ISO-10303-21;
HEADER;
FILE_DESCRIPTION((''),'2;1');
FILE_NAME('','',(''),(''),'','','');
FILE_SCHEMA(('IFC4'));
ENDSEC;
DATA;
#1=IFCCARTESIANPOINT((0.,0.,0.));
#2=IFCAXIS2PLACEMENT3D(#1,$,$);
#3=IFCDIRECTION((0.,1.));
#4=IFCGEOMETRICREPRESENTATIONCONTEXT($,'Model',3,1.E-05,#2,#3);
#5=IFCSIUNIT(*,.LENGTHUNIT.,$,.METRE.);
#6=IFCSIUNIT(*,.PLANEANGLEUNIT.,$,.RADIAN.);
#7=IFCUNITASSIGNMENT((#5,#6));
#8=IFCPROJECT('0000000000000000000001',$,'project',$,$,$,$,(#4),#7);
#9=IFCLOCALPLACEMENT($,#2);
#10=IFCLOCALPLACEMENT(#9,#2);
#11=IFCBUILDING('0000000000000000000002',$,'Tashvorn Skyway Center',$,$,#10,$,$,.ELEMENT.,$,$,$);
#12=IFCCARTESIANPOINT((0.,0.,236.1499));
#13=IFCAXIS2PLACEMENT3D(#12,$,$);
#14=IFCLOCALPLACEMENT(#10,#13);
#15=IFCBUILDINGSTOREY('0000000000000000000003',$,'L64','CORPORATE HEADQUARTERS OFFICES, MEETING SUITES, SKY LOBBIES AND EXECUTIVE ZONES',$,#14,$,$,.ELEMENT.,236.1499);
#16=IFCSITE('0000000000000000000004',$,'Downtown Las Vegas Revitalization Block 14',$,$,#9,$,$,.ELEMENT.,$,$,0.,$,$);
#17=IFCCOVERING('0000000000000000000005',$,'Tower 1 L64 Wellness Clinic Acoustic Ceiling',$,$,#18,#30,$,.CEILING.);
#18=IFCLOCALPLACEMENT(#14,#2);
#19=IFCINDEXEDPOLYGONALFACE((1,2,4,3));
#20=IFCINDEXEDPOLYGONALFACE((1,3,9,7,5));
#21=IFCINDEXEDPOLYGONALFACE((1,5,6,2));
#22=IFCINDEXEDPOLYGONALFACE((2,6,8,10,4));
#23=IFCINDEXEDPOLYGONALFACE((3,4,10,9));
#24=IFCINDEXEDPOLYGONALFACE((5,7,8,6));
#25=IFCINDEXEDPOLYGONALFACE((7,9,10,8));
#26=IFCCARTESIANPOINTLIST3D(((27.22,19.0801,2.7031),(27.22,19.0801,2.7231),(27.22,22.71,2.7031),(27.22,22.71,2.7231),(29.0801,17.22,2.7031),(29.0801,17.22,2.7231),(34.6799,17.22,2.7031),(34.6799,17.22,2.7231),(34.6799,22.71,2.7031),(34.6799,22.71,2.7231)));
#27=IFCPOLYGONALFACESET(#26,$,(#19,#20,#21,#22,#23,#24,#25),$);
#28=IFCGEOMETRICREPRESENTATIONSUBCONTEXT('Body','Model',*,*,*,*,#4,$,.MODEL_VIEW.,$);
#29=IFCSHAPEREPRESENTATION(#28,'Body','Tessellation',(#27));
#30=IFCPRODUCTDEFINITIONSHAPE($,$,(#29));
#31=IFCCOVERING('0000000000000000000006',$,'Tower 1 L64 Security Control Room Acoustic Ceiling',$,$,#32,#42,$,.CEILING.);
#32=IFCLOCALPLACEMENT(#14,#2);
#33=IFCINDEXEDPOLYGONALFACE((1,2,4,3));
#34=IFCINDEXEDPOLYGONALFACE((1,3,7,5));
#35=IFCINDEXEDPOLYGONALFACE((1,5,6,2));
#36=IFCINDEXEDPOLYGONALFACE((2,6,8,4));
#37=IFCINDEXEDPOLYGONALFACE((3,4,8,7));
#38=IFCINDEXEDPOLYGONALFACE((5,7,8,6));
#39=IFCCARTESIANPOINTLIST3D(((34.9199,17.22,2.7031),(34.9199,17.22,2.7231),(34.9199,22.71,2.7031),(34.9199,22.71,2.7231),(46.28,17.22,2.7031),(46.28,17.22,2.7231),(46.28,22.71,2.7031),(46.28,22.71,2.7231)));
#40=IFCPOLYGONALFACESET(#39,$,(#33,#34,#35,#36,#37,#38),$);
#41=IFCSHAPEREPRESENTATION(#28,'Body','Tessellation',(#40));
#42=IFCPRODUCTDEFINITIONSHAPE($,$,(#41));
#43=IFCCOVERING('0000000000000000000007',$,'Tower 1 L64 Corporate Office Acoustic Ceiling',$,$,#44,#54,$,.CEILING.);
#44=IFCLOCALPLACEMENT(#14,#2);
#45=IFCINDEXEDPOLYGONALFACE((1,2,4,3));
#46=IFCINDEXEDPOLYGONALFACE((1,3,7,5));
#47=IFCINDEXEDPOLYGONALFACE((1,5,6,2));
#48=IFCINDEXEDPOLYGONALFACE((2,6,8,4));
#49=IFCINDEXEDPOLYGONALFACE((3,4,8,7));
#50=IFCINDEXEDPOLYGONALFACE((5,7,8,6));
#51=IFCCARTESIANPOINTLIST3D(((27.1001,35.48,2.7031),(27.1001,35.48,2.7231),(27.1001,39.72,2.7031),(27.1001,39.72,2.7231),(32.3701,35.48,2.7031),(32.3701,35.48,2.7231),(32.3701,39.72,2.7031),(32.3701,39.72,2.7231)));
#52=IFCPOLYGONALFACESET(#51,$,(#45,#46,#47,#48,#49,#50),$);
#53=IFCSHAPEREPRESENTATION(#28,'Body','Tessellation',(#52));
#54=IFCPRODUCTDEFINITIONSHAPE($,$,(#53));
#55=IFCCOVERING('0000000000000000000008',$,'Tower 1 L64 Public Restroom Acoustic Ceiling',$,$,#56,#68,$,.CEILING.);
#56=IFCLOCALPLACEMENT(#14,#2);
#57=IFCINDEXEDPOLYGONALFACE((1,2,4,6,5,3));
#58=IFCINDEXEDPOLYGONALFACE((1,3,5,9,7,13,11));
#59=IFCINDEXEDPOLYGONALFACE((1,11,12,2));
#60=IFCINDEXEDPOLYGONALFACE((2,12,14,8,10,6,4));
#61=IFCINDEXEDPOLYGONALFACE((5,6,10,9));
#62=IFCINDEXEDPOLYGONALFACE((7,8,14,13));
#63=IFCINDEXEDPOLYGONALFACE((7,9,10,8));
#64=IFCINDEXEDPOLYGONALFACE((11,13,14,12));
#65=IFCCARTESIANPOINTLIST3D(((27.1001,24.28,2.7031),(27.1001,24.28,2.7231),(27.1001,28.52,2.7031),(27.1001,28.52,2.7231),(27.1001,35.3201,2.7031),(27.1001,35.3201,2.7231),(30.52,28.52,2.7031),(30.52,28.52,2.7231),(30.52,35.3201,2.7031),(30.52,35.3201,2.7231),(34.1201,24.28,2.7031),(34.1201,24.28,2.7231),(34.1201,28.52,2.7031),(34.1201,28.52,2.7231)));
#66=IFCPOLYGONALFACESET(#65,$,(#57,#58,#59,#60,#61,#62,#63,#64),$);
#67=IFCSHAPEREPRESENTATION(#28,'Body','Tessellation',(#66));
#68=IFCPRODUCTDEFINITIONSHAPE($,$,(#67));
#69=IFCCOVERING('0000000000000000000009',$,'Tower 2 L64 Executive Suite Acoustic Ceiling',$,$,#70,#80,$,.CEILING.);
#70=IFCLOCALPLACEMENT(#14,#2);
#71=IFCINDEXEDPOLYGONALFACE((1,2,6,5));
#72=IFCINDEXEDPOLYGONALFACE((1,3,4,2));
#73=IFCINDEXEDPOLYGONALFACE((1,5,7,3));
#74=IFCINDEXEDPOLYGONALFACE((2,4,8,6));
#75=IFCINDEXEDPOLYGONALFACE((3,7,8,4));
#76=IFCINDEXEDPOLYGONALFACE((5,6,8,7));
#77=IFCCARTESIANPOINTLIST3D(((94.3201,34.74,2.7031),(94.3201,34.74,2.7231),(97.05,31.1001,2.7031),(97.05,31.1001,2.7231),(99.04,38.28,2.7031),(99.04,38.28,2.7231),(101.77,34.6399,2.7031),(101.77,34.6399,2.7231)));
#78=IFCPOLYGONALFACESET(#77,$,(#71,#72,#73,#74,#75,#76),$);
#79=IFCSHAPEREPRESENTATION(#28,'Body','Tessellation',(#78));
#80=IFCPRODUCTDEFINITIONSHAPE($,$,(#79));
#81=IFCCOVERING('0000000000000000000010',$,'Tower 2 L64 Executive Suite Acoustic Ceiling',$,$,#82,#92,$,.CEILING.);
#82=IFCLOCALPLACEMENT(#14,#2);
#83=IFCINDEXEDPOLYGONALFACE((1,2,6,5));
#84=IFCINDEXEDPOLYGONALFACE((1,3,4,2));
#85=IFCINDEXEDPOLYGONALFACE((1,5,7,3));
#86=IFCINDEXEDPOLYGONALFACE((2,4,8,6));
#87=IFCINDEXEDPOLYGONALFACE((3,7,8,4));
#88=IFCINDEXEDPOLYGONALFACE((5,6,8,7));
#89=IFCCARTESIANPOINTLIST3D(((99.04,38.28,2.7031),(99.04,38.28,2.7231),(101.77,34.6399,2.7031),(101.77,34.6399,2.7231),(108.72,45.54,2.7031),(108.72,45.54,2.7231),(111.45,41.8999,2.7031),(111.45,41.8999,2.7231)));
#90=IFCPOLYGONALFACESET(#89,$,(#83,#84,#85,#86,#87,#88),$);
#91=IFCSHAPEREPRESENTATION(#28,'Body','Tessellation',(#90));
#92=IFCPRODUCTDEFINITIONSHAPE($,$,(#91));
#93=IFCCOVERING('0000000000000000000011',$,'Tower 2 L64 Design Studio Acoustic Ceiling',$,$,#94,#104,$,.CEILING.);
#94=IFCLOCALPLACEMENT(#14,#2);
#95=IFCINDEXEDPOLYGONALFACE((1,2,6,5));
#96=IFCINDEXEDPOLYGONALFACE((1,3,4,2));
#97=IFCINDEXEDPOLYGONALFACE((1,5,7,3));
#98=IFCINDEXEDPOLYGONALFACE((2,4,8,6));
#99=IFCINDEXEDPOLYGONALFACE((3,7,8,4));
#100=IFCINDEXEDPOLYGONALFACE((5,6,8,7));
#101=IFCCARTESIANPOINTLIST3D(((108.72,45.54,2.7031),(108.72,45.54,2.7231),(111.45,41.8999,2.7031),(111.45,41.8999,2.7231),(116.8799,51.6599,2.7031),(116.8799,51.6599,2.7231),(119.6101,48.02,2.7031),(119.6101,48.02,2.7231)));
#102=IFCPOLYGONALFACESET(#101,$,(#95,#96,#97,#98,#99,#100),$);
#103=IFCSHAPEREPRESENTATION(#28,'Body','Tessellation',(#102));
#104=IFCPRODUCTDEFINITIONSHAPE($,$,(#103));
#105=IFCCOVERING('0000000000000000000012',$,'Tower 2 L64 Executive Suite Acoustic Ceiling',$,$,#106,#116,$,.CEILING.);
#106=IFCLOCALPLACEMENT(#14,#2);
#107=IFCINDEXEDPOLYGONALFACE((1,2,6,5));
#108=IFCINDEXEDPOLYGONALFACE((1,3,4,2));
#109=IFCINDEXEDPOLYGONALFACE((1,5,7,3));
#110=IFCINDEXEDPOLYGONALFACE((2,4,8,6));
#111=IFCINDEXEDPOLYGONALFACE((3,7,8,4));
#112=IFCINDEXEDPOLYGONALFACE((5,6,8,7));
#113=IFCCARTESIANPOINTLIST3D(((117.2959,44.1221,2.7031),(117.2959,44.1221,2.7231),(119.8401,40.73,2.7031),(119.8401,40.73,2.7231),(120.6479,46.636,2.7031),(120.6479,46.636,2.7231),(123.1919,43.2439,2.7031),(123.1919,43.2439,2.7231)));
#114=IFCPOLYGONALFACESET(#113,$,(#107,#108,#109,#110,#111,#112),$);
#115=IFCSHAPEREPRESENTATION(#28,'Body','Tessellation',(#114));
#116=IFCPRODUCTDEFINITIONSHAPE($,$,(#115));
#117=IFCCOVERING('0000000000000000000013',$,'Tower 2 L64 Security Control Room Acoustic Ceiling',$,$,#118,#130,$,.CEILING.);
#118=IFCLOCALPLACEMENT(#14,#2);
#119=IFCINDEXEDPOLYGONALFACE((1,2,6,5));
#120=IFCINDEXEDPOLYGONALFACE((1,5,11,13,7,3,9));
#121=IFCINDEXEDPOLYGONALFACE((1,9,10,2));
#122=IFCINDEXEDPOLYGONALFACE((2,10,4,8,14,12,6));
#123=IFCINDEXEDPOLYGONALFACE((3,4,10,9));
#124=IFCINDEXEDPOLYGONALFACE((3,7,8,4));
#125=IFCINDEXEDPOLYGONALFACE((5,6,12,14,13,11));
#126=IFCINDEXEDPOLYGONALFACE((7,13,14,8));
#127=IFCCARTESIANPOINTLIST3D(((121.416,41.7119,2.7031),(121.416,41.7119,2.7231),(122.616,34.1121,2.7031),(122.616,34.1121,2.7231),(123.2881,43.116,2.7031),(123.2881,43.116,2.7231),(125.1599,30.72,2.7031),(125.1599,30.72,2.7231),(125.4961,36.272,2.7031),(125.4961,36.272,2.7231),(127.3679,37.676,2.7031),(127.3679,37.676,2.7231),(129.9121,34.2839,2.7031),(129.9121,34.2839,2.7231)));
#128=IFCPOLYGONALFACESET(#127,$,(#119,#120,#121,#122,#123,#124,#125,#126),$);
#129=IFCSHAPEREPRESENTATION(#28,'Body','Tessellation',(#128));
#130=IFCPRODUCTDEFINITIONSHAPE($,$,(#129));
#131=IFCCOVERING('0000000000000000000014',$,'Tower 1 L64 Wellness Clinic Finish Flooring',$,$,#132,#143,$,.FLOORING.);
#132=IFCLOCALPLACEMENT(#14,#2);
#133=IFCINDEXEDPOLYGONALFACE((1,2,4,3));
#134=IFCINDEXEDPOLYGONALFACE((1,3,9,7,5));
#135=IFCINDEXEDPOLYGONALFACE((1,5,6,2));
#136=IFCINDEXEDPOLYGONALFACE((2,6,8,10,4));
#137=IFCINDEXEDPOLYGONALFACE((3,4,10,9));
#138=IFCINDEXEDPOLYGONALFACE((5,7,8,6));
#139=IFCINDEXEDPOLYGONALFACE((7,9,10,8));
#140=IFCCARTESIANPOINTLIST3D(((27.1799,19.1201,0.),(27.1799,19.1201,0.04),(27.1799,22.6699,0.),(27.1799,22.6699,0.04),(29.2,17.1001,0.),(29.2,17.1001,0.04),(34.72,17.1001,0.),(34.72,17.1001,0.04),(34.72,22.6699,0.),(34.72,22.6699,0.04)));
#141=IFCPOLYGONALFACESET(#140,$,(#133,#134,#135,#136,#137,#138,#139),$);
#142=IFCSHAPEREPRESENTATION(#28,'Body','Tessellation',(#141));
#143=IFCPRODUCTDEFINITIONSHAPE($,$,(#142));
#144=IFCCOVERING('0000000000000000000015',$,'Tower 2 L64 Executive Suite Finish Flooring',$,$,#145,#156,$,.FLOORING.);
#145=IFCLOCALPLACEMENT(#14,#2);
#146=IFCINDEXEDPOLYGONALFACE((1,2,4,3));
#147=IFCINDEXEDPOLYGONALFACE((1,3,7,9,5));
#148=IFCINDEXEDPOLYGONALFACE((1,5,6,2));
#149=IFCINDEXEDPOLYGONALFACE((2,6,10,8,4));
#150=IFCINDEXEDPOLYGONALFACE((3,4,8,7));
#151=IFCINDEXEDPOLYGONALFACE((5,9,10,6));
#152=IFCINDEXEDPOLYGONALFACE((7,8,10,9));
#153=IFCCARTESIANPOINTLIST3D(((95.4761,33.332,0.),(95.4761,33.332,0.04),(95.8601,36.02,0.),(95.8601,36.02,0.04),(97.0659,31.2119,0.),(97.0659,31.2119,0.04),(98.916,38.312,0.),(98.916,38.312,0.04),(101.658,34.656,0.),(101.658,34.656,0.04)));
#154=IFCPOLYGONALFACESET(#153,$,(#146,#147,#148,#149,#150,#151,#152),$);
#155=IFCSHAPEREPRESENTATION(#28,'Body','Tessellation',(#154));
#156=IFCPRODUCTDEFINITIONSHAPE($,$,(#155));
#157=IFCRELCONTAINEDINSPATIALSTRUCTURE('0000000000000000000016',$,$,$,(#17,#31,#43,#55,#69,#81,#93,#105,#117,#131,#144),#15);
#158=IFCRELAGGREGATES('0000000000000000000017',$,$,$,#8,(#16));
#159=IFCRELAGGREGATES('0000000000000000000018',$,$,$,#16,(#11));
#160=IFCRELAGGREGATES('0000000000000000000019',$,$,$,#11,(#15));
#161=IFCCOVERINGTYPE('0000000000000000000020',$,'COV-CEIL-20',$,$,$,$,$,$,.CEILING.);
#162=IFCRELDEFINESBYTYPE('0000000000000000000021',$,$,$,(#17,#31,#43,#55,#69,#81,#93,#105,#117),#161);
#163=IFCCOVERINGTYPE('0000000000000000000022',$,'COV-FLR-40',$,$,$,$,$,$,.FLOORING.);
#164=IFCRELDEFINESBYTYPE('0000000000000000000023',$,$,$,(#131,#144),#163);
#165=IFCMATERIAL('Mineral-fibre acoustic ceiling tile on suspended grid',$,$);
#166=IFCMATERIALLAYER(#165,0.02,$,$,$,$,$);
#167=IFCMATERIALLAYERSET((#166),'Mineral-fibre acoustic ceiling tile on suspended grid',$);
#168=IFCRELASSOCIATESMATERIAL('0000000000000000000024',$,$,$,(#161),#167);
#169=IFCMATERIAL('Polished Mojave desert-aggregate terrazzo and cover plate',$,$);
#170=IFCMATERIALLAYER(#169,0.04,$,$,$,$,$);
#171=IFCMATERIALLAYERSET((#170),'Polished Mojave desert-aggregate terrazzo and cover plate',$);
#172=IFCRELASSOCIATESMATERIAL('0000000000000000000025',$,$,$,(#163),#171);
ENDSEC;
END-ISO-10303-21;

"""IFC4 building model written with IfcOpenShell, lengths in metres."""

from ifc_helpers import new_model, si_unit, direction, frame, origin, place, context, subcontext, project, spatial, polyline, outline, extrude, material, layer, layer_set, type_object, element, save


model = new_model("IFC4")

# Units and contexts
model_context = context("Model", 3, precision=1e-05, world=origin(), true_north=direction((0.0, 1.0)))
body_context = subcontext(model_context, "Body", "Model", "MODEL_VIEW")
ifc_project = project(units=[si_unit("LENGTHUNIT", "METRE"), si_unit("PLANEANGLEUNIT", "RADIAN")], contexts=[model_context])

# Site, building, storey
site_placement = place(None, origin())
site = spatial("IfcSite", under=ifc_project, at=site_placement, Name="Downtown Las Vegas Revitalization Block 14", CompositionType="ELEMENT", RefElevation=0.0)
building_placement = place(site_placement, origin())
building = spatial("IfcBuilding", under=site, at=building_placement, Name="Tashvorn Skyway Center", CompositionType="ELEMENT")
storey_placement = place(building_placement, frame((0.0, 0.0, 236.1499)))
storey = spatial("IfcBuildingStorey", under=building, at=storey_placement, Name="L64", Description="CORPORATE HEADQUARTERS OFFICES, MEETING SUITES, SKY LOBBIES AND EXECUTIVE ZONES", CompositionType="ELEMENT", Elevation=236.1499)

# Coverings
ifc_material_1 = material(Name="Mineral-fibre acoustic ceiling tile on suspended grid")
ifc_layer_1 = layer(ifc_material_1, 0.02)
ifc_layer_set_1 = layer_set([ifc_layer_1], Name="Mineral-fibre acoustic ceiling tile on suspended grid")
covering_type_1 = type_object("IfcCoveringType", Name="COV-CEIL-20", PredefinedType="CEILING", material=ifc_layer_set_1)
covering_1_placement = place(storey_placement, frame((0.0, 0.0, 2.7031)))
element("IfcCovering", 1, at=covering_1_placement, inside=storey, type_object=covering_type_1, Name="Tower 1 L64 Wellness Clinic Acoustic Ceiling", PredefinedType="CEILING", context=body_context, shape_type="SweptSolid", body=[
    extrude(outline(polyline([(27.22, 22.71), (34.6799, 22.71), (34.6799, 17.22), (29.0801, 17.22), (27.22, 19.0801), (27.22, 22.71)])), origin(), (0.0, 0.0, 1.0), 0.02),
])
covering_2_placement = place(storey_placement, frame((0.0, 0.0, 2.7031)))
element("IfcCovering", 2, at=covering_2_placement, inside=storey, type_object=covering_type_1, Name="Tower 1 L64 Security Control Room Acoustic Ceiling", PredefinedType="CEILING", context=body_context, shape_type="SweptSolid", body=[
    extrude(outline(polyline([(34.9199, 22.71), (46.28, 22.71), (46.28, 17.22), (34.9199, 17.22), (34.9199, 22.71)])), origin(), (0.0, 0.0, 1.0), 0.02),
])
covering_3_placement = place(storey_placement, frame((0.0, 0.0, 2.7031)))
element("IfcCovering", 3, at=covering_3_placement, inside=storey, type_object=covering_type_1, Name="Tower 1 L64 Corporate Office Acoustic Ceiling", PredefinedType="CEILING", context=body_context, shape_type="SweptSolid", body=[
    extrude(outline(polyline([(32.3701, 39.72), (32.3701, 35.48), (27.1001, 35.48), (27.1001, 39.72), (32.3701, 39.72)])), origin(), (0.0, 0.0, 1.0), 0.02),
])
covering_4_placement = place(storey_placement, frame((0.0, 0.0, 2.7031)))
element("IfcCovering", 4, at=covering_4_placement, inside=storey, type_object=covering_type_1, Name="Tower 1 L64 Public Restroom Acoustic Ceiling", PredefinedType="CEILING", context=body_context, shape_type="SweptSolid", body=[
    extrude(outline(polyline([(34.1201, 24.28), (27.1001, 24.28), (27.1001, 28.52), (27.1001, 35.3201), (30.52, 35.3201), (30.52, 28.52), (34.1201, 28.52), (34.1201, 24.28)])), origin(), (0.0, 0.0, 1.0), 0.02),
])
covering_5_placement = place(storey_placement, frame((0.0, 0.0, 2.7031)))
element("IfcCovering", 5, at=covering_5_placement, inside=storey, type_object=covering_type_1, Name="Tower 2 L64 Executive Suite Acoustic Ceiling", PredefinedType="CEILING", context=body_context, shape_type="SweptSolid", body=[
    extrude(outline(polyline([(97.05, 31.1001), (101.77, 34.6399), (99.04, 38.28), (94.3201, 34.74), (97.05, 31.1001)])), origin(), (0.0, 0.0, 1.0), 0.02),
])
covering_6_placement = place(storey_placement, frame((0.0, 0.0, 2.7031)))
element("IfcCovering", 6, at=covering_6_placement, inside=storey, type_object=covering_type_1, Name="Tower 2 L64 Executive Suite Acoustic Ceiling", PredefinedType="CEILING", context=body_context, shape_type="SweptSolid", body=[
    extrude(outline(polyline([(101.77, 34.6399), (111.45, 41.8999), (108.72, 45.54), (99.04, 38.28), (101.77, 34.6399)])), origin(), (0.0, 0.0, 1.0), 0.02),
])
covering_7_placement = place(storey_placement, frame((0.0, 0.0, 2.7031)))
element("IfcCovering", 7, at=covering_7_placement, inside=storey, type_object=covering_type_1, Name="Tower 2 L64 Design Studio Acoustic Ceiling", PredefinedType="CEILING", context=body_context, shape_type="SweptSolid", body=[
    extrude(outline(polyline([(111.45, 41.8999), (119.6101, 48.02), (116.8799, 51.6599), (108.72, 45.54), (111.45, 41.8999)])), origin(), (0.0, 0.0, 1.0), 0.02),
])
covering_8_placement = place(storey_placement, frame((0.0, 0.0, 2.7031)))
element("IfcCovering", 8, at=covering_8_placement, inside=storey, type_object=covering_type_1, Name="Tower 2 L64 Executive Suite Acoustic Ceiling", PredefinedType="CEILING", context=body_context, shape_type="SweptSolid", body=[
    extrude(outline(polyline([(119.8401, 40.73), (117.2959, 44.1221), (120.6479, 46.636), (123.1919, 43.2439), (119.8401, 40.73)])), origin(), (0.0, 0.0, 1.0), 0.02),
])
covering_9_placement = place(storey_placement, frame((0.0, 0.0, 2.7031)))
element("IfcCovering", 9, at=covering_9_placement, inside=storey, type_object=covering_type_1, Name="Tower 2 L64 Security Control Room Acoustic Ceiling", PredefinedType="CEILING", context=body_context, shape_type="SweptSolid", body=[
    extrude(outline(polyline([(125.1599, 30.72), (122.616, 34.1121), (125.4961, 36.272), (121.416, 41.7119), (123.2881, 43.116), (127.3679, 37.676), (129.9121, 34.2839), (125.1599, 30.72)])), origin(), (0.0, 0.0, 1.0), 0.02),
])
ifc_material_2 = material(Name="Polished Mojave desert-aggregate terrazzo and cover plate")
ifc_layer_2 = layer(ifc_material_2, 0.04)
ifc_layer_set_2 = layer_set([ifc_layer_2], Name="Polished Mojave desert-aggregate terrazzo and cover plate")
covering_type_2 = type_object("IfcCoveringType", Name="COV-FLR-40", PredefinedType="FLOORING", material=ifc_layer_set_2)
covering_10_placement = place(storey_placement, origin())
element("IfcCovering", 10, at=covering_10_placement, inside=storey, type_object=covering_type_2, Name="Tower 1 L64 Wellness Clinic Finish Flooring", PredefinedType="FLOORING", context=body_context, shape_type="SweptSolid", body=[
    extrude(outline(polyline([(29.2, 17.1001), (27.1799, 19.1201), (27.1799, 22.6699), (34.72, 22.6699), (34.72, 17.1001), (29.2, 17.1001)])), origin(), (0.0, 0.0, 1.0), 0.04),
])
covering_11_placement = place(storey_placement, origin())
element("IfcCovering", 11, at=covering_11_placement, inside=storey, type_object=covering_type_2, Name="Tower 2 L64 Executive Suite Finish Flooring", PredefinedType="FLOORING", context=body_context, shape_type="SweptSolid", body=[
    extrude(outline(polyline([(101.658, 34.656), (97.0659, 31.2119), (95.4761, 33.332), (95.8601, 36.02), (98.916, 38.312), (101.658, 34.656)])), origin(), (0.0, 0.0, 1.0), 0.04),
])

save(model, "model.ifc")
